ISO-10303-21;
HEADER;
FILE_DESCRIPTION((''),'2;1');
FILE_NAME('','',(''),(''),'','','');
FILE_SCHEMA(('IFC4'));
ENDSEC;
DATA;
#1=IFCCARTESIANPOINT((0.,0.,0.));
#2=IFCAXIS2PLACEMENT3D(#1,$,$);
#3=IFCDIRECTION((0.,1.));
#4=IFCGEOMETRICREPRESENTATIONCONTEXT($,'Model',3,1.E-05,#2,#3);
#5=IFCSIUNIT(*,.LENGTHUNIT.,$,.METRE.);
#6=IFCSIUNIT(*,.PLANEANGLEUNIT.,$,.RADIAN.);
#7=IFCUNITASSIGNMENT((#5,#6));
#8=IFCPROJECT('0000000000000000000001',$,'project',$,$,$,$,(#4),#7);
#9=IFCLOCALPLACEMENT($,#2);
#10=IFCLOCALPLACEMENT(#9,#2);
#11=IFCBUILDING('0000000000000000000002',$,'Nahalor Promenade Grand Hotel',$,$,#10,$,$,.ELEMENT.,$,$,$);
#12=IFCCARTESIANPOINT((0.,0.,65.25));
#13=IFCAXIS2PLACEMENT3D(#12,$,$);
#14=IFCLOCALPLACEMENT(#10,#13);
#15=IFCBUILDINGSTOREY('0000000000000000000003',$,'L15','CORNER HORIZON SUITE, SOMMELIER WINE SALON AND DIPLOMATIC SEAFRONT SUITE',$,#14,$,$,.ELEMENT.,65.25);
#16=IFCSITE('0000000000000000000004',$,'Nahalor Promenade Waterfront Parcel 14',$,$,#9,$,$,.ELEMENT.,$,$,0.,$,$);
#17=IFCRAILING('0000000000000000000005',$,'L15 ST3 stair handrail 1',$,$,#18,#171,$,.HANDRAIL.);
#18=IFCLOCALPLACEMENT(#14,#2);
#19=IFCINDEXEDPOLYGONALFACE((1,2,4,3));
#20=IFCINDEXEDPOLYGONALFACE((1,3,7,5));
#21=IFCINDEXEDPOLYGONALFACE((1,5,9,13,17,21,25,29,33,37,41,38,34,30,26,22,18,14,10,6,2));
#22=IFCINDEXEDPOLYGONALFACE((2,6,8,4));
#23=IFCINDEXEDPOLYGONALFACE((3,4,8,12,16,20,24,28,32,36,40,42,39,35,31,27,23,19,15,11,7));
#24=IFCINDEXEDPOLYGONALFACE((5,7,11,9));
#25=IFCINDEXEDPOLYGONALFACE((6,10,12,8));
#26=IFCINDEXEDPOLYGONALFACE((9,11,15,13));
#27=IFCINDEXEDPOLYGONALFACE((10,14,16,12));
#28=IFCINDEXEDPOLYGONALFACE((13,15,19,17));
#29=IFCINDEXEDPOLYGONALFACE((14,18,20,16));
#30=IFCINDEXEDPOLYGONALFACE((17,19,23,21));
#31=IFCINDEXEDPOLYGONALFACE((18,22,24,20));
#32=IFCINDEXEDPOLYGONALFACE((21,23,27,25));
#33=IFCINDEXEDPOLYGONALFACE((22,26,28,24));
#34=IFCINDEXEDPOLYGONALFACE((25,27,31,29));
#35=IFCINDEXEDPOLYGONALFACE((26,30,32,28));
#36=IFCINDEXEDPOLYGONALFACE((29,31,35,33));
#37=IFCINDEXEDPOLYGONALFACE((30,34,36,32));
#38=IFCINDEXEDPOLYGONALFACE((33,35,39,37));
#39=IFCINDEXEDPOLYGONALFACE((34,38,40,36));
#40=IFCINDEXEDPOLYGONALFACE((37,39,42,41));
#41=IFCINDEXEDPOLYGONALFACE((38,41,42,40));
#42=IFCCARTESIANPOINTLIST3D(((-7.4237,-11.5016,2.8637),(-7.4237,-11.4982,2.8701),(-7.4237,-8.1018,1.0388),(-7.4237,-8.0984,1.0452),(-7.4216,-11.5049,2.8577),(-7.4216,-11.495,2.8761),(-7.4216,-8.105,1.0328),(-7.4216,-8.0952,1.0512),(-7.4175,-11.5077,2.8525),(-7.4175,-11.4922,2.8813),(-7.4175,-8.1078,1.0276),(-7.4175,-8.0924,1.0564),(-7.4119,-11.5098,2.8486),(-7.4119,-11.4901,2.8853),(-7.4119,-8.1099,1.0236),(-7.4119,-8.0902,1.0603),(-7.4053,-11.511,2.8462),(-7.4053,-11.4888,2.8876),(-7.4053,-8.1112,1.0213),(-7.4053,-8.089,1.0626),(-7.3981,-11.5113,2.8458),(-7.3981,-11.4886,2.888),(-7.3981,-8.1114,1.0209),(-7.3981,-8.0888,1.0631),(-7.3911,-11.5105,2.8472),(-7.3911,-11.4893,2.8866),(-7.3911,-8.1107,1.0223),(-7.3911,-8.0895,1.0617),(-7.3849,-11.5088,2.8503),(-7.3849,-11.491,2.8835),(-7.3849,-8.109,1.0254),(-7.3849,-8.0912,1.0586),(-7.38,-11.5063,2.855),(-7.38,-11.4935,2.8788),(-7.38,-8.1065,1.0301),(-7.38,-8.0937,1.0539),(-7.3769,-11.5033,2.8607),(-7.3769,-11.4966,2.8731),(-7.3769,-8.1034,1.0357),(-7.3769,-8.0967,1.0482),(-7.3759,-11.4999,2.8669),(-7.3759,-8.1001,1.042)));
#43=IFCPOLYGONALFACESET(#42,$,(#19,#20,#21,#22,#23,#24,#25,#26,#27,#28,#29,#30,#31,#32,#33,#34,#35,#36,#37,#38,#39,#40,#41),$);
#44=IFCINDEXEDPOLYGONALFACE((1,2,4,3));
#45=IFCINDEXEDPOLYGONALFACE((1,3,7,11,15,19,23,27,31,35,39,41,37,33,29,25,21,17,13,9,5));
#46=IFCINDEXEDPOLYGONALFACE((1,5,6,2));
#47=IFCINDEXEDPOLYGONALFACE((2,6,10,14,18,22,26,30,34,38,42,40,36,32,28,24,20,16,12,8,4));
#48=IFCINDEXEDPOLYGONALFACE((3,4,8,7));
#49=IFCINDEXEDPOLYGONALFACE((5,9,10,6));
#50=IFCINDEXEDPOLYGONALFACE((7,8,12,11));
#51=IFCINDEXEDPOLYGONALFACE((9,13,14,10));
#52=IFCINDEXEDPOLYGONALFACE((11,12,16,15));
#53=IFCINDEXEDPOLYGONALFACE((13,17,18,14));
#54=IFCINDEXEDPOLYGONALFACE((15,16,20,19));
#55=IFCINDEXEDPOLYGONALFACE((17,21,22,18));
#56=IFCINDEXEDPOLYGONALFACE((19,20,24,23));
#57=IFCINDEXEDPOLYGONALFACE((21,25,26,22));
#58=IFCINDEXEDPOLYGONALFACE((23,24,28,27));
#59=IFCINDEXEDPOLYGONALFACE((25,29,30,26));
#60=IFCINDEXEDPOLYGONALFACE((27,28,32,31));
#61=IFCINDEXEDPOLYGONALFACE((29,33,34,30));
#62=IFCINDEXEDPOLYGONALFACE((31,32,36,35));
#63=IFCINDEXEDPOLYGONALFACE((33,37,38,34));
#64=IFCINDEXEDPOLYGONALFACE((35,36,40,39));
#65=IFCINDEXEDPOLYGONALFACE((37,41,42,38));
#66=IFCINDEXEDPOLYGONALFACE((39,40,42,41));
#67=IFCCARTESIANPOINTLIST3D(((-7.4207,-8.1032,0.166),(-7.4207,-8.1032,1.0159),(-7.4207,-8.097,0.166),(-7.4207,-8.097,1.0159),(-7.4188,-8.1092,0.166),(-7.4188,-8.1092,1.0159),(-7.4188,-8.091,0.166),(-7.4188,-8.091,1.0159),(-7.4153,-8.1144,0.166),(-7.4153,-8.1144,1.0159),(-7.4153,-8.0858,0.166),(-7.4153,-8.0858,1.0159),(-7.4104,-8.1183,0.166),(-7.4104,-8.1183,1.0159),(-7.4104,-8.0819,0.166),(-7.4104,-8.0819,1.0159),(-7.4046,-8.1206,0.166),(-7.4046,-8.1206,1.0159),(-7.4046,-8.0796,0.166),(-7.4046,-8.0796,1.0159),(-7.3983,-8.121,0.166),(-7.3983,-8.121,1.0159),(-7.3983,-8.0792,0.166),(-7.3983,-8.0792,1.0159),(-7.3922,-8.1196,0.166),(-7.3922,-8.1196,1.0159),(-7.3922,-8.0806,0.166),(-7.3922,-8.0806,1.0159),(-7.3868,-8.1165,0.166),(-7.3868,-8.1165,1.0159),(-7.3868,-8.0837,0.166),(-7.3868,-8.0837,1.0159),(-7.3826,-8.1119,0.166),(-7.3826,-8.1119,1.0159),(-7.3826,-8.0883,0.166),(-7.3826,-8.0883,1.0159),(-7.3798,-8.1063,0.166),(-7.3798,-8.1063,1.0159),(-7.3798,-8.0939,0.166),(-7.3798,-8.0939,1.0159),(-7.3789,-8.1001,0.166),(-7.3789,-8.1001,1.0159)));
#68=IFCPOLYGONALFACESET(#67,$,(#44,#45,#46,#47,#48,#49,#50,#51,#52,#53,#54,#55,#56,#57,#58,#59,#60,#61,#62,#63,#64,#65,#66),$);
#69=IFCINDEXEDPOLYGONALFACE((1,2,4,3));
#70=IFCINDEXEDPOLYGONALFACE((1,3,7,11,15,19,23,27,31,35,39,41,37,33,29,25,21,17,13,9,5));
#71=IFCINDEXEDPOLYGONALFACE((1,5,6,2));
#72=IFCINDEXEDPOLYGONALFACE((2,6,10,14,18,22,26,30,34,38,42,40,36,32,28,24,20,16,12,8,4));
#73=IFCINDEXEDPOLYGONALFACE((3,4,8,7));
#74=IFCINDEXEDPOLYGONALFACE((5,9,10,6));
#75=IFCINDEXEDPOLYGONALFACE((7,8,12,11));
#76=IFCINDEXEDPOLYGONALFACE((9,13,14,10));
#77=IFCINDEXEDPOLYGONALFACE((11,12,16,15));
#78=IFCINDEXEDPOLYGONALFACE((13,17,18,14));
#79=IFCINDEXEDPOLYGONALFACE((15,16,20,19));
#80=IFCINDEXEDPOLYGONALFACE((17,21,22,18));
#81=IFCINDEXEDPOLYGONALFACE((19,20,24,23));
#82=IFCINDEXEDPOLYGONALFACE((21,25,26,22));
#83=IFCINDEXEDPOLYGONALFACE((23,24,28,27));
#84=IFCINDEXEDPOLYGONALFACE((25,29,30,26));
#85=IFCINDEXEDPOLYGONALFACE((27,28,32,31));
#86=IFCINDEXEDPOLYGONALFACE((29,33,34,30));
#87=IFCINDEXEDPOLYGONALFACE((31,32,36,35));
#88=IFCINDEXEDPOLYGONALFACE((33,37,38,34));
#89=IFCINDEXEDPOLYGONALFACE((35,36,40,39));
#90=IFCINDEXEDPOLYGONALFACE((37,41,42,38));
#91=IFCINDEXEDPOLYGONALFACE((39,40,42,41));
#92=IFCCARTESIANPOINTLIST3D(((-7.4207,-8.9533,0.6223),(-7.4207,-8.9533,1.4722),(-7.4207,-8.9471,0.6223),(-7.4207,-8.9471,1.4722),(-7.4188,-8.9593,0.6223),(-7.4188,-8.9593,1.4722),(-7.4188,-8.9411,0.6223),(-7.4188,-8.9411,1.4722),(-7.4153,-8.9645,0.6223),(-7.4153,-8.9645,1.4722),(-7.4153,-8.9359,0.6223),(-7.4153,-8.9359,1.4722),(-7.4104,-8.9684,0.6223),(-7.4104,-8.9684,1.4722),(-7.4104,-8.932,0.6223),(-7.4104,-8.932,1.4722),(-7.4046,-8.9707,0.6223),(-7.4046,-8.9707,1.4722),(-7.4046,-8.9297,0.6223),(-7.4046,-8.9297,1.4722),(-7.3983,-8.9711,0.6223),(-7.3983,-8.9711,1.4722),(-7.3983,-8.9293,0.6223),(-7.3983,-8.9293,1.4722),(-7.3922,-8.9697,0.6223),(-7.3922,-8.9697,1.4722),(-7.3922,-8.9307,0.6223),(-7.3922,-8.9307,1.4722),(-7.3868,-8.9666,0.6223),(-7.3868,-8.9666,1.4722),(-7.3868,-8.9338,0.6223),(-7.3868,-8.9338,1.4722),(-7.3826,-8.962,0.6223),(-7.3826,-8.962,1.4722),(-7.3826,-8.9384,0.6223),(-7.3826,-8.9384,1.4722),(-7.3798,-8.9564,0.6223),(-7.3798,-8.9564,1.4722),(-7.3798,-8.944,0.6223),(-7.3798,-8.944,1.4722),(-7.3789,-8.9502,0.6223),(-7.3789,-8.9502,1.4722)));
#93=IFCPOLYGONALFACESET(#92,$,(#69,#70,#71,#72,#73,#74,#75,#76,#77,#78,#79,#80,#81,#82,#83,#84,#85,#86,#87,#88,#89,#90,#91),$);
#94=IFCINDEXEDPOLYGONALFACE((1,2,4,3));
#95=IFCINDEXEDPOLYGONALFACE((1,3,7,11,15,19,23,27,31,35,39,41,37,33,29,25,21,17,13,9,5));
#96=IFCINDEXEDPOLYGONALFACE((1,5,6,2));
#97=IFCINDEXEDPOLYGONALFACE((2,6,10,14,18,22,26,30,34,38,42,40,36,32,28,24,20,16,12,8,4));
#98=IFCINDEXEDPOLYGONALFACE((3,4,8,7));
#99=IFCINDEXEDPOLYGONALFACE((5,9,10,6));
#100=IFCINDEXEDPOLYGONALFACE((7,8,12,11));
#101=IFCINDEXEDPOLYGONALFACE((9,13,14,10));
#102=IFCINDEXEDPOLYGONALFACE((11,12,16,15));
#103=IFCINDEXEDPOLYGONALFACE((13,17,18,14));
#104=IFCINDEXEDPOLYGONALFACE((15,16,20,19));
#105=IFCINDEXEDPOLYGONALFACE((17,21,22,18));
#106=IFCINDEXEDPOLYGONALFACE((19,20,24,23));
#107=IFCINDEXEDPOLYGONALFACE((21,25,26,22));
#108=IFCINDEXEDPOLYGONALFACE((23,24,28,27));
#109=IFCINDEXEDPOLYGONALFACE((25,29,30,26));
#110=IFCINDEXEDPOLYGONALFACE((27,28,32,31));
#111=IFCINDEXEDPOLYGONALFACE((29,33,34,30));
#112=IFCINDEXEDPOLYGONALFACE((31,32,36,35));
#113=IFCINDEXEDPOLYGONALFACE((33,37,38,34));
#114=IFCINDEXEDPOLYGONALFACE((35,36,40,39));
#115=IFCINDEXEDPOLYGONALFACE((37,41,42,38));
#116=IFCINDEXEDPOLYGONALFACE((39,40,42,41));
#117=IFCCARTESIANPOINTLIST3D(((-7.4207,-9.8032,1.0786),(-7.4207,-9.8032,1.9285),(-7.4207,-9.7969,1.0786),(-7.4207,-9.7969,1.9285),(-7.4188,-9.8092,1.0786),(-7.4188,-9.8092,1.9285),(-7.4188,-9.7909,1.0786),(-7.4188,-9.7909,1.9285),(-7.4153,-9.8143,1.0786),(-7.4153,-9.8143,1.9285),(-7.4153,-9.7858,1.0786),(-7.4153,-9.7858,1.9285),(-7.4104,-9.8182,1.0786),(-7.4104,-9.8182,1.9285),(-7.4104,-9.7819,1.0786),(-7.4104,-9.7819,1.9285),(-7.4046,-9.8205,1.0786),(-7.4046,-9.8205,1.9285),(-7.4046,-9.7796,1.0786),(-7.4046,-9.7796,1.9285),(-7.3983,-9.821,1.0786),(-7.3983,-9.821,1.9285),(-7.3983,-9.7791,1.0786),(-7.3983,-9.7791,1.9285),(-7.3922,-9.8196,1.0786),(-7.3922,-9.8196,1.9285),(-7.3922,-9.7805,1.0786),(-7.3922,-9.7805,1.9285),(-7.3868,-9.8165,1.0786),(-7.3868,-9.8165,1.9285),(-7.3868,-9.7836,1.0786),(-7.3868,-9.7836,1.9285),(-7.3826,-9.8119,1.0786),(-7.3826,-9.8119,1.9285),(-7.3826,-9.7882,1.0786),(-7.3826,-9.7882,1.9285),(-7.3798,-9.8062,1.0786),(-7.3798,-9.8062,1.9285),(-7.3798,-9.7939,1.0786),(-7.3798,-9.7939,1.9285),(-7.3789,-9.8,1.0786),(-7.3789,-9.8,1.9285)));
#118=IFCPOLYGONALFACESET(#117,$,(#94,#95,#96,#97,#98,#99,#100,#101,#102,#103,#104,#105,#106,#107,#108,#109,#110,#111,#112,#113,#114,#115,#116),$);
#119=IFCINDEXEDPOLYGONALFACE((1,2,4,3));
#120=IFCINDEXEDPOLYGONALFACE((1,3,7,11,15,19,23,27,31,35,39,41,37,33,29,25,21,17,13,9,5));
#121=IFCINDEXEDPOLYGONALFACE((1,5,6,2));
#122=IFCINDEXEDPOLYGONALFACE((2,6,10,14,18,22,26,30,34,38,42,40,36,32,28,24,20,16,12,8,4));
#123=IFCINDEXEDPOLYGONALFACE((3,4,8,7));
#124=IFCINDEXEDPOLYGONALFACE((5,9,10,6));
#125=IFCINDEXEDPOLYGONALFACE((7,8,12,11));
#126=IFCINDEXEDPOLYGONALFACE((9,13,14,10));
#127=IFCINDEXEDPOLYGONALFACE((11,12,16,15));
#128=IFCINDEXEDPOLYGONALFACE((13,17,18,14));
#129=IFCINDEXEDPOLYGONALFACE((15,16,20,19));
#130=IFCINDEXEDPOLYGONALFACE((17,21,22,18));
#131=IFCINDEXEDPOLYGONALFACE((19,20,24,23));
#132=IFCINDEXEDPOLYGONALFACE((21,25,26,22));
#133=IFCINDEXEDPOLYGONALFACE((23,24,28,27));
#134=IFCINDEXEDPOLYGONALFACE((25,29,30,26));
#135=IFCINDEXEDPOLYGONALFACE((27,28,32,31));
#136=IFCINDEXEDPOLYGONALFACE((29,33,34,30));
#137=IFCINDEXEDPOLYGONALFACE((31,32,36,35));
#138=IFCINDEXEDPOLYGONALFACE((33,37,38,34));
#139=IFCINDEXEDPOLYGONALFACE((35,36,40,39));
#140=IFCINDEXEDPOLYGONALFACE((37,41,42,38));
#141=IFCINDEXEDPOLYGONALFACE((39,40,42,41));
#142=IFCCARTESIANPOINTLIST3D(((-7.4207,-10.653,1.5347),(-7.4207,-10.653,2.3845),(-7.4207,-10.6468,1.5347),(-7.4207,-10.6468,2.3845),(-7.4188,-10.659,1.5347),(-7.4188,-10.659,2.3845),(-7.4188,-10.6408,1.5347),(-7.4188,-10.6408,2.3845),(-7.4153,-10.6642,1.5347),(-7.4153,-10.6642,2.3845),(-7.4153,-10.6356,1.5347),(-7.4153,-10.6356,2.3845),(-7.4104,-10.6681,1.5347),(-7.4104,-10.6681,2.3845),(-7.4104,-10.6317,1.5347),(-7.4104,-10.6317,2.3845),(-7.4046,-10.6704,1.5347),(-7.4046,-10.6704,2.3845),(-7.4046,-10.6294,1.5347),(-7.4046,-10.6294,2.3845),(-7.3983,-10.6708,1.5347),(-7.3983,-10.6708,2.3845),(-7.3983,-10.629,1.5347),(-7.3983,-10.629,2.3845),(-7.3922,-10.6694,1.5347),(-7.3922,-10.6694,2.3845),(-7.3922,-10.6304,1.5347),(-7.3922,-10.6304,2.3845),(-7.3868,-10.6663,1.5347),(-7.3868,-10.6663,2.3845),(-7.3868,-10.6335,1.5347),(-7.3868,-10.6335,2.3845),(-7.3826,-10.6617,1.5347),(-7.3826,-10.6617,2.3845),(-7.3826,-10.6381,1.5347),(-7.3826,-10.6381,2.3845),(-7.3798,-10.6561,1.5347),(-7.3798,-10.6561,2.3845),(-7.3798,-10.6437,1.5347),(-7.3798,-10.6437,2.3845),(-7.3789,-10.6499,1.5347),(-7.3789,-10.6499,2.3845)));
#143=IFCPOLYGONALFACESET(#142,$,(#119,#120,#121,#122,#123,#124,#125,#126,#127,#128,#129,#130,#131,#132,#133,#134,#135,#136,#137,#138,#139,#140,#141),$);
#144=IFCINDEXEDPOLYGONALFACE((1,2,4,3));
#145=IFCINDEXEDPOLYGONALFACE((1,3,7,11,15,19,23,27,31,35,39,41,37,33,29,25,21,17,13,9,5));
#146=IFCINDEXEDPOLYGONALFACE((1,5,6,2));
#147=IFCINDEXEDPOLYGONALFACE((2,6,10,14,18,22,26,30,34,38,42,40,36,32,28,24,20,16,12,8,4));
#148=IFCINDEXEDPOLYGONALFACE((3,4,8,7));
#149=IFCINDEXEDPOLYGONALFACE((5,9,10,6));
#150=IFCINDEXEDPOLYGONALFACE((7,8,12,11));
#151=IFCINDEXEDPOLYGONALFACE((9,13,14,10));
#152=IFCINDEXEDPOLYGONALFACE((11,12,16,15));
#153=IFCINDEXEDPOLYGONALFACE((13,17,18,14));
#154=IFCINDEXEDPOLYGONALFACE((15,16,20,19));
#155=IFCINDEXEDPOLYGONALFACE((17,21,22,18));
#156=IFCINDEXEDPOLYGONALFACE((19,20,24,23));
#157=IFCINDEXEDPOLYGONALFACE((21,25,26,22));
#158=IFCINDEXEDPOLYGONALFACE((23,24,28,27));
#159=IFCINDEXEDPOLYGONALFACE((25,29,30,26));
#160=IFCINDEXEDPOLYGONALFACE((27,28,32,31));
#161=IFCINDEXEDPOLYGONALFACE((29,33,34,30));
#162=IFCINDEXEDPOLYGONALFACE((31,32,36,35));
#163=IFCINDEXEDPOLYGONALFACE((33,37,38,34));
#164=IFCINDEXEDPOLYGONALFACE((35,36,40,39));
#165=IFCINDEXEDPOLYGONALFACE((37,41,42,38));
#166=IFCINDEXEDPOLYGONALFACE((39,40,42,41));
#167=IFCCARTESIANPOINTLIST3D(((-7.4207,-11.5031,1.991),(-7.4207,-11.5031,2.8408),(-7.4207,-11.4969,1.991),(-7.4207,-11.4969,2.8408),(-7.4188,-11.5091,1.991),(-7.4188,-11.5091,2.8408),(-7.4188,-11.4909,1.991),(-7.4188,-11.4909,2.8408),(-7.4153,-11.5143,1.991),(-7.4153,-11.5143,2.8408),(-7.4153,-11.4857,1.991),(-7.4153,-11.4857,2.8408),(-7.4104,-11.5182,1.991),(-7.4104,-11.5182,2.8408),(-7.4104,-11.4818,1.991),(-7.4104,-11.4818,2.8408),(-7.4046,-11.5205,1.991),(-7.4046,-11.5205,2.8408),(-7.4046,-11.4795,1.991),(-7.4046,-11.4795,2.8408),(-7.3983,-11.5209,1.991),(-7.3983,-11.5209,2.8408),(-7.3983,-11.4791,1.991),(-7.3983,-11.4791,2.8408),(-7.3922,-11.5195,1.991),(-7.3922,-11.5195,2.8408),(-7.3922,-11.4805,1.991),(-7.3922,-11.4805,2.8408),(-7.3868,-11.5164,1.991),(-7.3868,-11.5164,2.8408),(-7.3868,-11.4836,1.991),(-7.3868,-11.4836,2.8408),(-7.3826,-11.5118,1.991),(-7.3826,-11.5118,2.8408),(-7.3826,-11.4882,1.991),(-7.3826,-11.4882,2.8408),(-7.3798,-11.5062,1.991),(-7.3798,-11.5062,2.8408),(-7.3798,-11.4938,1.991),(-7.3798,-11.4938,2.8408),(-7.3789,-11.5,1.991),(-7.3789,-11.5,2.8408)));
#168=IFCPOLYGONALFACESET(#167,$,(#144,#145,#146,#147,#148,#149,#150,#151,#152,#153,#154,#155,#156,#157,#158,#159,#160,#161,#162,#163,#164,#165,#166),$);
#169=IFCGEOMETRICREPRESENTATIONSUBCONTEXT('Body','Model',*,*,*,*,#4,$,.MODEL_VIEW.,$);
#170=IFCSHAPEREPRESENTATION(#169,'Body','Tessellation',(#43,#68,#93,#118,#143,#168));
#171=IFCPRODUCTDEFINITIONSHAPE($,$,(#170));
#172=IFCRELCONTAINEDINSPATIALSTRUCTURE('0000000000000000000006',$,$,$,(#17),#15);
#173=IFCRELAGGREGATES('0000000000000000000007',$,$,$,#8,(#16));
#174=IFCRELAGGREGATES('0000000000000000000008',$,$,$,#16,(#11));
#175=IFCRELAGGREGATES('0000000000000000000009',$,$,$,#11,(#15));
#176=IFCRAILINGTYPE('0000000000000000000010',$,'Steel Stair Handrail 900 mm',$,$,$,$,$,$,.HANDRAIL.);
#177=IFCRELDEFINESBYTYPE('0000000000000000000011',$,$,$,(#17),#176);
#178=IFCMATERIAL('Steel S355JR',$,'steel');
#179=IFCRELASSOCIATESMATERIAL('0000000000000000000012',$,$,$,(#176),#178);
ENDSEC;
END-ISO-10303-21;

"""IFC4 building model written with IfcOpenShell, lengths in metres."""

from ifc_helpers import new_model, si_unit, direction, frame, origin, origin_2d, place, context, subcontext, project, spatial, circle, extrude, material, type_object, element, save


model = new_model("IFC4")

# Units and contexts
model_context = context("Model", 3, precision=1e-05, world=origin(), true_north=direction((0.0, 1.0)))
body_context = subcontext(model_context, "Body", "Model", "MODEL_VIEW")
ifc_project = project(units=[si_unit("LENGTHUNIT", "METRE"), si_unit("PLANEANGLEUNIT", "RADIAN")], contexts=[model_context])

# Site, building, storey
site_placement = place(None, origin())
site = spatial("IfcSite", under=ifc_project, at=site_placement, Name="Nahalor Promenade Waterfront Parcel 14", CompositionType="ELEMENT", RefElevation=0.0)
building_placement = place(site_placement, origin())
building = spatial("IfcBuilding", under=site, at=building_placement, Name="Nahalor Promenade Grand Hotel", CompositionType="ELEMENT")
storey_placement = place(building_placement, frame((0.0, 0.0, 65.25)))
storey = spatial("IfcBuildingStorey", under=building, at=storey_placement, Name="L15", Description="CORNER HORIZON SUITE, SOMMELIER WINE SALON AND DIPLOMATIC SEAFRONT SUITE", CompositionType="ELEMENT", Elevation=65.25)

# Shared definitions
ifc_material_1 = material(Name="Steel S355JR", Category="steel")

# Railing
railing_type_1 = type_object("IfcRailingType", Name="Steel Stair Handrail 900 mm", PredefinedType="HANDRAIL", material=ifc_material_1)
railing_1_placement = place(storey_placement, frame((-7.3999, -8.1001, 0.166)))
element("IfcRailing", 1, at=railing_1_placement, inside=storey, type_object=railing_type_1, Name="L15 ST3 stair handrail 1", PredefinedType="HANDRAIL", context=body_context, shape_type="SweptSolid", body=[
    extrude(circle(Radius=0.024, at=origin_2d()), frame((0.0, 0.0, 0.876), z_axis=(0.0, -0.881094, 0.472941), x_axis=(1.0, 0.0, 0.0)), (0.0, 0.0, 1.0), 3.8586),
    extrude(circle(Radius=0.021, at=origin_2d()), origin(), (0.0, 0.0, 1.0), 0.8499),
    extrude(circle(Radius=0.021, at=origin_2d()), frame((0.0, -0.8501, 0.4563)), (0.0, 0.0, 1.0), 0.8499),
    extrude(circle(Radius=0.021, at=origin_2d()), frame((0.0, -1.7, 0.9126)), (0.0, 0.0, 1.0), 0.8499),
    extrude(circle(Radius=0.021, at=origin_2d()), frame((0.0, -2.5498, 1.3687)), (0.0, 0.0, 1.0), 0.8499),
    extrude(circle(Radius=0.021, at=origin_2d()), frame((0.0, -3.3999, 1.825)), (0.0, 0.0, 1.0), 0.8499),
])

save(model, "model.ifc")
